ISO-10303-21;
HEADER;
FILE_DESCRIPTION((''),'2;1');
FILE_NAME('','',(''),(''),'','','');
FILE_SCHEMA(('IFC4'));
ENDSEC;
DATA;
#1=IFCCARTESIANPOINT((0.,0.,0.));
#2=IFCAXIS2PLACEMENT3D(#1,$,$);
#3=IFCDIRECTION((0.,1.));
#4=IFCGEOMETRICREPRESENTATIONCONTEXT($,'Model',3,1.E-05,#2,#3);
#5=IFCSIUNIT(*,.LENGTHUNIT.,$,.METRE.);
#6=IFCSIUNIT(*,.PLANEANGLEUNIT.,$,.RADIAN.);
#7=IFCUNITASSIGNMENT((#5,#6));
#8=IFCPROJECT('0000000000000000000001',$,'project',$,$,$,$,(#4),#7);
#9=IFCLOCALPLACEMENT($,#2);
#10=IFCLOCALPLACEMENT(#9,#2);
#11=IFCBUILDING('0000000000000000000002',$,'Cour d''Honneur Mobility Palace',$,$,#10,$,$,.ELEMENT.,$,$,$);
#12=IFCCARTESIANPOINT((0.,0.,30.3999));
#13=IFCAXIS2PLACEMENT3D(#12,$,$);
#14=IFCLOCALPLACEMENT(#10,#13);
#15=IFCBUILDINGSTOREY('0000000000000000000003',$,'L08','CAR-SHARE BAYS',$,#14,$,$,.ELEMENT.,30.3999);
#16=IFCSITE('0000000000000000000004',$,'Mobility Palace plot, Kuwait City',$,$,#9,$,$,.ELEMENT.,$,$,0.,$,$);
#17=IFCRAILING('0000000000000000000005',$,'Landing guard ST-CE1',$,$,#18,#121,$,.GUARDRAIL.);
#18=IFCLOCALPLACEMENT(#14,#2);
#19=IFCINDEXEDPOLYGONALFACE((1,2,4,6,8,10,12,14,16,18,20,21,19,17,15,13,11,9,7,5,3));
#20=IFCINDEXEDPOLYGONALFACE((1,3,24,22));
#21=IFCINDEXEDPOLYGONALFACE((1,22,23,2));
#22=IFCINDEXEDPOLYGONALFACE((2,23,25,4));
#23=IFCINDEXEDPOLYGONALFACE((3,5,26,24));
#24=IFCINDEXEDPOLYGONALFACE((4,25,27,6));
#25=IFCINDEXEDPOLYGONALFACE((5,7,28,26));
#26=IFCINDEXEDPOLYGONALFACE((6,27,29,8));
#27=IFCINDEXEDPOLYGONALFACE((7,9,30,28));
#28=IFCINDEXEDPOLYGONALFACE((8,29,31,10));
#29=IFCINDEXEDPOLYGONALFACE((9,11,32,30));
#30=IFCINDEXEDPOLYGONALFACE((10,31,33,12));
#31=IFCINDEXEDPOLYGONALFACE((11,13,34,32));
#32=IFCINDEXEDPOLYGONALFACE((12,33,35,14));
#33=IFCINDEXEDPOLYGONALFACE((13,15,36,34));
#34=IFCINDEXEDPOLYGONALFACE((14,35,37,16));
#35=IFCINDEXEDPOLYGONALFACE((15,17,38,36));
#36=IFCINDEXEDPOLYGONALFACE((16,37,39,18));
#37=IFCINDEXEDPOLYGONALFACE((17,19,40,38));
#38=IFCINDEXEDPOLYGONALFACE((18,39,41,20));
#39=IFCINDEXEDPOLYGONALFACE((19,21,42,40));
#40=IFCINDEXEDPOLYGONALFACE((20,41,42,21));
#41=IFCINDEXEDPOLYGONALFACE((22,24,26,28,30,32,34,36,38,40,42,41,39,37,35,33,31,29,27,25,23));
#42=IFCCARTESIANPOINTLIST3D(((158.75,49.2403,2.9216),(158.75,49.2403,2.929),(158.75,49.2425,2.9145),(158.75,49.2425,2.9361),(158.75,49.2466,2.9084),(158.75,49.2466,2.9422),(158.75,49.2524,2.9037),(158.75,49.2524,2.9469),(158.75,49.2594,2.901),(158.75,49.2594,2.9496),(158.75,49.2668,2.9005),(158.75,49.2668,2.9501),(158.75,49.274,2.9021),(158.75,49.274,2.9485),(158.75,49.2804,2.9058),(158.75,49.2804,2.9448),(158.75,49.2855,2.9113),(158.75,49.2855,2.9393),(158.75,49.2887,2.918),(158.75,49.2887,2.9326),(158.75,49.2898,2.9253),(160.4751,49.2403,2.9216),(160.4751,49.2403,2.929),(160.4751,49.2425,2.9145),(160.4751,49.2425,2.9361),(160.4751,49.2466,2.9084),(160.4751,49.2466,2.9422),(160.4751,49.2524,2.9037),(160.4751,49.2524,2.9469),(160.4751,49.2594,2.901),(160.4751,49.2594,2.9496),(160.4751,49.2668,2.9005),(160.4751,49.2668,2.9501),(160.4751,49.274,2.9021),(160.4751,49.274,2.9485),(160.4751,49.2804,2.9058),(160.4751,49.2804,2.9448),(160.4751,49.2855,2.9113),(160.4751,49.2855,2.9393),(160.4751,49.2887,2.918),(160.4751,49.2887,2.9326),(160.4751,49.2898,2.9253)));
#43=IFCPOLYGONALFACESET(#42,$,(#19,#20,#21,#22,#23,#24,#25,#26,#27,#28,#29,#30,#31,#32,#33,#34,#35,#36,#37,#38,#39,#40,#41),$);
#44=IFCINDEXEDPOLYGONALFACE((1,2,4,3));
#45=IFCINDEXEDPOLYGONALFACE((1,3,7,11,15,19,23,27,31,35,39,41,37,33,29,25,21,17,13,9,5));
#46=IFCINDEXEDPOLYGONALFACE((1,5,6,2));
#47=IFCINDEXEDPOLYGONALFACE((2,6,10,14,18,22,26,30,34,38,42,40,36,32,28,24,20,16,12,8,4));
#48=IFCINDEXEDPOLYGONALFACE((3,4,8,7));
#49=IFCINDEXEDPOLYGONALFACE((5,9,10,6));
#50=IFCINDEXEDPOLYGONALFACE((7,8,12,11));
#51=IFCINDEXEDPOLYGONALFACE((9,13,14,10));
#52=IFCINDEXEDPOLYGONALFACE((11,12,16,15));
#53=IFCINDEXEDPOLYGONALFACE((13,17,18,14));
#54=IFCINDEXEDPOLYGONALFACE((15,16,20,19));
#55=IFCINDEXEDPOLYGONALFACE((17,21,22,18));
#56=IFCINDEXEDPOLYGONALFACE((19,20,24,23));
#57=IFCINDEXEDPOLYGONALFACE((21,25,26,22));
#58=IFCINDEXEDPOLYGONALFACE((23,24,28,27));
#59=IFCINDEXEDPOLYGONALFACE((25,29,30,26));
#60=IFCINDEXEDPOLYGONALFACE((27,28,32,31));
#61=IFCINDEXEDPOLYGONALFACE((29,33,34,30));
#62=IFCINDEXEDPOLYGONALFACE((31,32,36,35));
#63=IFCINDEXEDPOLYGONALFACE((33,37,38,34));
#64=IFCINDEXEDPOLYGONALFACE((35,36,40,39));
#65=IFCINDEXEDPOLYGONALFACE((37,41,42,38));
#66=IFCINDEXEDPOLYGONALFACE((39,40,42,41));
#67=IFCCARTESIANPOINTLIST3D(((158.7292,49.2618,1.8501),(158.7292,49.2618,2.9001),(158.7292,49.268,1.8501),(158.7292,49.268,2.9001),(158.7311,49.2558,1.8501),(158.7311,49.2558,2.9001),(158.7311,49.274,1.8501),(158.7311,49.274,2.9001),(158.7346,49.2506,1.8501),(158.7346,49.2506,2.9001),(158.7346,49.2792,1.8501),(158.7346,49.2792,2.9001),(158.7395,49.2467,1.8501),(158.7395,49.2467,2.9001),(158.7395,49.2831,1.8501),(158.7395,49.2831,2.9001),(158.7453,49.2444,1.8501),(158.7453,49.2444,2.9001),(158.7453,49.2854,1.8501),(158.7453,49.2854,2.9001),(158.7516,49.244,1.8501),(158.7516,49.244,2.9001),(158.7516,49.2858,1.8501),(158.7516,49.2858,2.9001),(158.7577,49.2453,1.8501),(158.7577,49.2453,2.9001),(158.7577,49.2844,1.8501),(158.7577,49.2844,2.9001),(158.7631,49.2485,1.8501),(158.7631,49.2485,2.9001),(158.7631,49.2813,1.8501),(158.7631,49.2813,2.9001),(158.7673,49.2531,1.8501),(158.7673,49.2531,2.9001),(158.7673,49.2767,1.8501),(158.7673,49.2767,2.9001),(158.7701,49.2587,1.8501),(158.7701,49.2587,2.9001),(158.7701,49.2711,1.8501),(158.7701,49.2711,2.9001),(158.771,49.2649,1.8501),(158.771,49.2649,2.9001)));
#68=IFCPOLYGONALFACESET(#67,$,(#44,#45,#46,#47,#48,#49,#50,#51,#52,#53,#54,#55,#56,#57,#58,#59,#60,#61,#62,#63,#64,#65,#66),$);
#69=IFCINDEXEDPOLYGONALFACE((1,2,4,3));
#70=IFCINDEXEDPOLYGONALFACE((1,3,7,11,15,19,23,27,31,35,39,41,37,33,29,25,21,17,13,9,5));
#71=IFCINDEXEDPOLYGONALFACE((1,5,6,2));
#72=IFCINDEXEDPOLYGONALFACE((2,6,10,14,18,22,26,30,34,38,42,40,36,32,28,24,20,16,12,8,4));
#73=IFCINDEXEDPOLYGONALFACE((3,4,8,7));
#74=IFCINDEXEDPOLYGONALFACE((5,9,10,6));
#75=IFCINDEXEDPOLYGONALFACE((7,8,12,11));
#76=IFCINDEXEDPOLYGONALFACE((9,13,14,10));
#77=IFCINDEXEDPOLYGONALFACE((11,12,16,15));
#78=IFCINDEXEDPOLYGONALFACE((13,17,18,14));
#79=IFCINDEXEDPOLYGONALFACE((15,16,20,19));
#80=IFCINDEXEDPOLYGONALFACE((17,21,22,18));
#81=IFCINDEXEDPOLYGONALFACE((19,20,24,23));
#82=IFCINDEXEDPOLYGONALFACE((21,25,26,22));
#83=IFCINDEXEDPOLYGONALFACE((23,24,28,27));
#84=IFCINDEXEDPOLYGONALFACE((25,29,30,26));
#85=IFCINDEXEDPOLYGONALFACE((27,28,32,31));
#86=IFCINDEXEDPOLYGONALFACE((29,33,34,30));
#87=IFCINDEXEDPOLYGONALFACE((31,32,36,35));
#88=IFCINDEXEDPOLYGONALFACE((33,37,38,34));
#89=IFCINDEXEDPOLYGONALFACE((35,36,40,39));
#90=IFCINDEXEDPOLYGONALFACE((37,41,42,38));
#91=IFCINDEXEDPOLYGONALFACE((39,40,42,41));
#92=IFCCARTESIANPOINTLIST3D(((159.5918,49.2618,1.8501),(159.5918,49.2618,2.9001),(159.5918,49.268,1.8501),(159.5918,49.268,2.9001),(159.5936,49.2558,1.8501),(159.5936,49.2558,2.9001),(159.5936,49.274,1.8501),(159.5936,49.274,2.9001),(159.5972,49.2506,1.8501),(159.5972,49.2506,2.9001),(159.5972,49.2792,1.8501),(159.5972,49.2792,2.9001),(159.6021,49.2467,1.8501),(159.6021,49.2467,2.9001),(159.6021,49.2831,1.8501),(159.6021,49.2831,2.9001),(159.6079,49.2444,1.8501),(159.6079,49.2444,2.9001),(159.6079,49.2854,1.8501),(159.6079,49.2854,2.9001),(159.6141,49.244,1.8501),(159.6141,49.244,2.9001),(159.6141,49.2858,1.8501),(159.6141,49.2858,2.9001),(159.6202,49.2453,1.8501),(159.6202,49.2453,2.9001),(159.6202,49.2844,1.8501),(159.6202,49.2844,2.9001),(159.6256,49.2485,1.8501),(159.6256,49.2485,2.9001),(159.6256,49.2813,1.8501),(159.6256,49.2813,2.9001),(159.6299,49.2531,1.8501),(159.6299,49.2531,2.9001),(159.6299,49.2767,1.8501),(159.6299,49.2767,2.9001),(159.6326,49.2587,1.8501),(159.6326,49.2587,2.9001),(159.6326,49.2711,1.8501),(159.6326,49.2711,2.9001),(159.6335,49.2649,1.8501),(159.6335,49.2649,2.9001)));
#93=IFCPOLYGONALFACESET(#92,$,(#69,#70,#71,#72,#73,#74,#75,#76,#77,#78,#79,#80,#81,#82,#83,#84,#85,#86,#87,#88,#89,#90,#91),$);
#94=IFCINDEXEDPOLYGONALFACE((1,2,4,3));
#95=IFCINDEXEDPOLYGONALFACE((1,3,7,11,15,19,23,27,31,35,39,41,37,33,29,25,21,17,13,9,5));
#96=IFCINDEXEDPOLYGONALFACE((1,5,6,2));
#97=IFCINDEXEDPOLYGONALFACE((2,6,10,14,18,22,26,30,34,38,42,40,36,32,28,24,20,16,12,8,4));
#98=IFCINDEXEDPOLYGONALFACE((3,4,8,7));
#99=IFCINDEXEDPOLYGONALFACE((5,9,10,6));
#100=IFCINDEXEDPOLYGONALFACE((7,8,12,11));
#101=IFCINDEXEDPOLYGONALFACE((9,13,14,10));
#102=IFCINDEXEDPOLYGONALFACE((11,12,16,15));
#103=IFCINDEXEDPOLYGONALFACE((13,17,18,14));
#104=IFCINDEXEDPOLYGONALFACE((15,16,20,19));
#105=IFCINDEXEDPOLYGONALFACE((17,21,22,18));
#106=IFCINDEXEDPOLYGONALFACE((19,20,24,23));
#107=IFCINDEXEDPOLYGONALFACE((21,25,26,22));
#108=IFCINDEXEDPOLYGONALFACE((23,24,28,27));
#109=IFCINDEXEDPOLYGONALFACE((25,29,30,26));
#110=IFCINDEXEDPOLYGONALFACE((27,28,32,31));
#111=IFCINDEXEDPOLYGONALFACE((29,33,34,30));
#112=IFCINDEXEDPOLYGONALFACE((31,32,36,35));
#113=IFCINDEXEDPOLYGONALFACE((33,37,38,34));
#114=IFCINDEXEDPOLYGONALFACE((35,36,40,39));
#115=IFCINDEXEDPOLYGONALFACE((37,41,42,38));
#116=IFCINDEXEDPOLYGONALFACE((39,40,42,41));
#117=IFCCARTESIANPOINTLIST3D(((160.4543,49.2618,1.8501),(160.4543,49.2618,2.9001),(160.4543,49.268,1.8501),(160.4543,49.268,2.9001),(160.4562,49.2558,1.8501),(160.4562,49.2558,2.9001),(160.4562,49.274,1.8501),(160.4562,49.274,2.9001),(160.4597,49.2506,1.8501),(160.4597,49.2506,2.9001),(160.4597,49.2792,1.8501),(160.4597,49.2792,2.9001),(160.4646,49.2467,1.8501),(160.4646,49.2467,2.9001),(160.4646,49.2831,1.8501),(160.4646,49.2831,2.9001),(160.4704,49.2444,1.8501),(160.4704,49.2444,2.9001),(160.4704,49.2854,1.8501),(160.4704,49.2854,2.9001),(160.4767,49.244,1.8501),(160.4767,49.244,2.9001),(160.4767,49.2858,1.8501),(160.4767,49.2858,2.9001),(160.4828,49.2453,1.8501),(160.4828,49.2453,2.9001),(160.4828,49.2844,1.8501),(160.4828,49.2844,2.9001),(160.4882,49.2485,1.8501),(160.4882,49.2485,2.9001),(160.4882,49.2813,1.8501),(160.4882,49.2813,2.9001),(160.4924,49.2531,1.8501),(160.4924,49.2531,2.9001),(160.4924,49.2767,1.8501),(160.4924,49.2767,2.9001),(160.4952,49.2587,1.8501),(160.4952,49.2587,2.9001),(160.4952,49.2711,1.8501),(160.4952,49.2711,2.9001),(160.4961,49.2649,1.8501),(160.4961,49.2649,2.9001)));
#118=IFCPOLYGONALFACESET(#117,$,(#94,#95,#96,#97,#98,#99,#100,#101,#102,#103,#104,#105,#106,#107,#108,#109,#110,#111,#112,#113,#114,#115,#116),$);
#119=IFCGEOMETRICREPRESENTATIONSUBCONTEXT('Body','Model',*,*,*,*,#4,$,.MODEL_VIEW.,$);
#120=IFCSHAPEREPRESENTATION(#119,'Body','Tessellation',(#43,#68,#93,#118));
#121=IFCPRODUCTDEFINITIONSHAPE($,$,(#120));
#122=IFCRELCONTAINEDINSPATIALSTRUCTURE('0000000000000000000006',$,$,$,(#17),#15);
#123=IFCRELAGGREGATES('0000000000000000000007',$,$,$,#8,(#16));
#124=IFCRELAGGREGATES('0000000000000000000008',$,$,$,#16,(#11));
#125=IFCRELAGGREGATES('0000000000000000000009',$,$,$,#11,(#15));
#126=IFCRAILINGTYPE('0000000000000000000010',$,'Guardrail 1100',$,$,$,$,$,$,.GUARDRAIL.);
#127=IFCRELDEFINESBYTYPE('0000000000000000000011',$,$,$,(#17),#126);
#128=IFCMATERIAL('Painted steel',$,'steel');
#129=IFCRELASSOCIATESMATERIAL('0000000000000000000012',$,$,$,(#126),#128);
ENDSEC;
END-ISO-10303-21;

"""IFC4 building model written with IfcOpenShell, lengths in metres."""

from ifc_helpers import new_model, si_unit, direction, frame, origin, origin_2d, place, context, subcontext, project, spatial, circle, extrude, material, type_object, element, save


model = new_model("IFC4")

# Units and contexts
model_context = context("Model", 3, precision=1e-05, world=origin(), true_north=direction((0.0, 1.0)))
body_context = subcontext(model_context, "Body", "Model", "MODEL_VIEW")
ifc_project = project(units=[si_unit("LENGTHUNIT", "METRE"), si_unit("PLANEANGLEUNIT", "RADIAN")], contexts=[model_context])

# Site, building, storey
site_placement = place(None, origin())
site = spatial("IfcSite", under=ifc_project, at=site_placement, Name="Mobility Palace plot, Kuwait City", CompositionType="ELEMENT", RefElevation=0.0)
building_placement = place(site_placement, origin())
building = spatial("IfcBuilding", under=site, at=building_placement, Name="Cour d'Honneur Mobility Palace", CompositionType="ELEMENT")
storey_placement = place(building_placement, frame((0.0, 0.0, 30.3999)))
storey = spatial("IfcBuildingStorey", under=building, at=storey_placement, Name="L08", Description="CAR-SHARE BAYS", CompositionType="ELEMENT", Elevation=30.3999)

# Railing
ifc_material_1 = material(Name="Painted steel", Category="steel")
railing_type_1 = type_object("IfcRailingType", Name="Guardrail 1100", PredefinedType="GUARDRAIL", material=ifc_material_1)
railing_1_placement = place(storey_placement, frame((158.75, 49.2649, 1.8501)))
element("IfcRailing", 1, at=railing_1_placement, inside=storey, type_object=railing_type_1, Name="Landing guard ST-CE1", PredefinedType="GUARDRAIL", context=body_context, shape_type="SweptSolid", body=[
    extrude(circle(Radius=0.0249, at=origin_2d()), frame((0.0, 0.0, 1.0752), z_axis=(1.0, 0.0, 0.0), x_axis=(0.0, 1.0, 0.0)), (0.0, 0.0, 1.0), 1.7251),
    extrude(circle(Radius=0.021, at=origin_2d()), origin(), (0.0, 0.0, 1.0), 1.05),
    extrude(circle(Radius=0.021, at=origin_2d()), frame((0.8625, 0.0, 0.0)), (0.0, 0.0, 1.0), 1.05),
    extrude(circle(Radius=0.021, at=origin_2d()), frame((1.7251, 0.0, 0.0)), (0.0, 0.0, 1.0), 1.05),
])

save(model, "model.ifc")
